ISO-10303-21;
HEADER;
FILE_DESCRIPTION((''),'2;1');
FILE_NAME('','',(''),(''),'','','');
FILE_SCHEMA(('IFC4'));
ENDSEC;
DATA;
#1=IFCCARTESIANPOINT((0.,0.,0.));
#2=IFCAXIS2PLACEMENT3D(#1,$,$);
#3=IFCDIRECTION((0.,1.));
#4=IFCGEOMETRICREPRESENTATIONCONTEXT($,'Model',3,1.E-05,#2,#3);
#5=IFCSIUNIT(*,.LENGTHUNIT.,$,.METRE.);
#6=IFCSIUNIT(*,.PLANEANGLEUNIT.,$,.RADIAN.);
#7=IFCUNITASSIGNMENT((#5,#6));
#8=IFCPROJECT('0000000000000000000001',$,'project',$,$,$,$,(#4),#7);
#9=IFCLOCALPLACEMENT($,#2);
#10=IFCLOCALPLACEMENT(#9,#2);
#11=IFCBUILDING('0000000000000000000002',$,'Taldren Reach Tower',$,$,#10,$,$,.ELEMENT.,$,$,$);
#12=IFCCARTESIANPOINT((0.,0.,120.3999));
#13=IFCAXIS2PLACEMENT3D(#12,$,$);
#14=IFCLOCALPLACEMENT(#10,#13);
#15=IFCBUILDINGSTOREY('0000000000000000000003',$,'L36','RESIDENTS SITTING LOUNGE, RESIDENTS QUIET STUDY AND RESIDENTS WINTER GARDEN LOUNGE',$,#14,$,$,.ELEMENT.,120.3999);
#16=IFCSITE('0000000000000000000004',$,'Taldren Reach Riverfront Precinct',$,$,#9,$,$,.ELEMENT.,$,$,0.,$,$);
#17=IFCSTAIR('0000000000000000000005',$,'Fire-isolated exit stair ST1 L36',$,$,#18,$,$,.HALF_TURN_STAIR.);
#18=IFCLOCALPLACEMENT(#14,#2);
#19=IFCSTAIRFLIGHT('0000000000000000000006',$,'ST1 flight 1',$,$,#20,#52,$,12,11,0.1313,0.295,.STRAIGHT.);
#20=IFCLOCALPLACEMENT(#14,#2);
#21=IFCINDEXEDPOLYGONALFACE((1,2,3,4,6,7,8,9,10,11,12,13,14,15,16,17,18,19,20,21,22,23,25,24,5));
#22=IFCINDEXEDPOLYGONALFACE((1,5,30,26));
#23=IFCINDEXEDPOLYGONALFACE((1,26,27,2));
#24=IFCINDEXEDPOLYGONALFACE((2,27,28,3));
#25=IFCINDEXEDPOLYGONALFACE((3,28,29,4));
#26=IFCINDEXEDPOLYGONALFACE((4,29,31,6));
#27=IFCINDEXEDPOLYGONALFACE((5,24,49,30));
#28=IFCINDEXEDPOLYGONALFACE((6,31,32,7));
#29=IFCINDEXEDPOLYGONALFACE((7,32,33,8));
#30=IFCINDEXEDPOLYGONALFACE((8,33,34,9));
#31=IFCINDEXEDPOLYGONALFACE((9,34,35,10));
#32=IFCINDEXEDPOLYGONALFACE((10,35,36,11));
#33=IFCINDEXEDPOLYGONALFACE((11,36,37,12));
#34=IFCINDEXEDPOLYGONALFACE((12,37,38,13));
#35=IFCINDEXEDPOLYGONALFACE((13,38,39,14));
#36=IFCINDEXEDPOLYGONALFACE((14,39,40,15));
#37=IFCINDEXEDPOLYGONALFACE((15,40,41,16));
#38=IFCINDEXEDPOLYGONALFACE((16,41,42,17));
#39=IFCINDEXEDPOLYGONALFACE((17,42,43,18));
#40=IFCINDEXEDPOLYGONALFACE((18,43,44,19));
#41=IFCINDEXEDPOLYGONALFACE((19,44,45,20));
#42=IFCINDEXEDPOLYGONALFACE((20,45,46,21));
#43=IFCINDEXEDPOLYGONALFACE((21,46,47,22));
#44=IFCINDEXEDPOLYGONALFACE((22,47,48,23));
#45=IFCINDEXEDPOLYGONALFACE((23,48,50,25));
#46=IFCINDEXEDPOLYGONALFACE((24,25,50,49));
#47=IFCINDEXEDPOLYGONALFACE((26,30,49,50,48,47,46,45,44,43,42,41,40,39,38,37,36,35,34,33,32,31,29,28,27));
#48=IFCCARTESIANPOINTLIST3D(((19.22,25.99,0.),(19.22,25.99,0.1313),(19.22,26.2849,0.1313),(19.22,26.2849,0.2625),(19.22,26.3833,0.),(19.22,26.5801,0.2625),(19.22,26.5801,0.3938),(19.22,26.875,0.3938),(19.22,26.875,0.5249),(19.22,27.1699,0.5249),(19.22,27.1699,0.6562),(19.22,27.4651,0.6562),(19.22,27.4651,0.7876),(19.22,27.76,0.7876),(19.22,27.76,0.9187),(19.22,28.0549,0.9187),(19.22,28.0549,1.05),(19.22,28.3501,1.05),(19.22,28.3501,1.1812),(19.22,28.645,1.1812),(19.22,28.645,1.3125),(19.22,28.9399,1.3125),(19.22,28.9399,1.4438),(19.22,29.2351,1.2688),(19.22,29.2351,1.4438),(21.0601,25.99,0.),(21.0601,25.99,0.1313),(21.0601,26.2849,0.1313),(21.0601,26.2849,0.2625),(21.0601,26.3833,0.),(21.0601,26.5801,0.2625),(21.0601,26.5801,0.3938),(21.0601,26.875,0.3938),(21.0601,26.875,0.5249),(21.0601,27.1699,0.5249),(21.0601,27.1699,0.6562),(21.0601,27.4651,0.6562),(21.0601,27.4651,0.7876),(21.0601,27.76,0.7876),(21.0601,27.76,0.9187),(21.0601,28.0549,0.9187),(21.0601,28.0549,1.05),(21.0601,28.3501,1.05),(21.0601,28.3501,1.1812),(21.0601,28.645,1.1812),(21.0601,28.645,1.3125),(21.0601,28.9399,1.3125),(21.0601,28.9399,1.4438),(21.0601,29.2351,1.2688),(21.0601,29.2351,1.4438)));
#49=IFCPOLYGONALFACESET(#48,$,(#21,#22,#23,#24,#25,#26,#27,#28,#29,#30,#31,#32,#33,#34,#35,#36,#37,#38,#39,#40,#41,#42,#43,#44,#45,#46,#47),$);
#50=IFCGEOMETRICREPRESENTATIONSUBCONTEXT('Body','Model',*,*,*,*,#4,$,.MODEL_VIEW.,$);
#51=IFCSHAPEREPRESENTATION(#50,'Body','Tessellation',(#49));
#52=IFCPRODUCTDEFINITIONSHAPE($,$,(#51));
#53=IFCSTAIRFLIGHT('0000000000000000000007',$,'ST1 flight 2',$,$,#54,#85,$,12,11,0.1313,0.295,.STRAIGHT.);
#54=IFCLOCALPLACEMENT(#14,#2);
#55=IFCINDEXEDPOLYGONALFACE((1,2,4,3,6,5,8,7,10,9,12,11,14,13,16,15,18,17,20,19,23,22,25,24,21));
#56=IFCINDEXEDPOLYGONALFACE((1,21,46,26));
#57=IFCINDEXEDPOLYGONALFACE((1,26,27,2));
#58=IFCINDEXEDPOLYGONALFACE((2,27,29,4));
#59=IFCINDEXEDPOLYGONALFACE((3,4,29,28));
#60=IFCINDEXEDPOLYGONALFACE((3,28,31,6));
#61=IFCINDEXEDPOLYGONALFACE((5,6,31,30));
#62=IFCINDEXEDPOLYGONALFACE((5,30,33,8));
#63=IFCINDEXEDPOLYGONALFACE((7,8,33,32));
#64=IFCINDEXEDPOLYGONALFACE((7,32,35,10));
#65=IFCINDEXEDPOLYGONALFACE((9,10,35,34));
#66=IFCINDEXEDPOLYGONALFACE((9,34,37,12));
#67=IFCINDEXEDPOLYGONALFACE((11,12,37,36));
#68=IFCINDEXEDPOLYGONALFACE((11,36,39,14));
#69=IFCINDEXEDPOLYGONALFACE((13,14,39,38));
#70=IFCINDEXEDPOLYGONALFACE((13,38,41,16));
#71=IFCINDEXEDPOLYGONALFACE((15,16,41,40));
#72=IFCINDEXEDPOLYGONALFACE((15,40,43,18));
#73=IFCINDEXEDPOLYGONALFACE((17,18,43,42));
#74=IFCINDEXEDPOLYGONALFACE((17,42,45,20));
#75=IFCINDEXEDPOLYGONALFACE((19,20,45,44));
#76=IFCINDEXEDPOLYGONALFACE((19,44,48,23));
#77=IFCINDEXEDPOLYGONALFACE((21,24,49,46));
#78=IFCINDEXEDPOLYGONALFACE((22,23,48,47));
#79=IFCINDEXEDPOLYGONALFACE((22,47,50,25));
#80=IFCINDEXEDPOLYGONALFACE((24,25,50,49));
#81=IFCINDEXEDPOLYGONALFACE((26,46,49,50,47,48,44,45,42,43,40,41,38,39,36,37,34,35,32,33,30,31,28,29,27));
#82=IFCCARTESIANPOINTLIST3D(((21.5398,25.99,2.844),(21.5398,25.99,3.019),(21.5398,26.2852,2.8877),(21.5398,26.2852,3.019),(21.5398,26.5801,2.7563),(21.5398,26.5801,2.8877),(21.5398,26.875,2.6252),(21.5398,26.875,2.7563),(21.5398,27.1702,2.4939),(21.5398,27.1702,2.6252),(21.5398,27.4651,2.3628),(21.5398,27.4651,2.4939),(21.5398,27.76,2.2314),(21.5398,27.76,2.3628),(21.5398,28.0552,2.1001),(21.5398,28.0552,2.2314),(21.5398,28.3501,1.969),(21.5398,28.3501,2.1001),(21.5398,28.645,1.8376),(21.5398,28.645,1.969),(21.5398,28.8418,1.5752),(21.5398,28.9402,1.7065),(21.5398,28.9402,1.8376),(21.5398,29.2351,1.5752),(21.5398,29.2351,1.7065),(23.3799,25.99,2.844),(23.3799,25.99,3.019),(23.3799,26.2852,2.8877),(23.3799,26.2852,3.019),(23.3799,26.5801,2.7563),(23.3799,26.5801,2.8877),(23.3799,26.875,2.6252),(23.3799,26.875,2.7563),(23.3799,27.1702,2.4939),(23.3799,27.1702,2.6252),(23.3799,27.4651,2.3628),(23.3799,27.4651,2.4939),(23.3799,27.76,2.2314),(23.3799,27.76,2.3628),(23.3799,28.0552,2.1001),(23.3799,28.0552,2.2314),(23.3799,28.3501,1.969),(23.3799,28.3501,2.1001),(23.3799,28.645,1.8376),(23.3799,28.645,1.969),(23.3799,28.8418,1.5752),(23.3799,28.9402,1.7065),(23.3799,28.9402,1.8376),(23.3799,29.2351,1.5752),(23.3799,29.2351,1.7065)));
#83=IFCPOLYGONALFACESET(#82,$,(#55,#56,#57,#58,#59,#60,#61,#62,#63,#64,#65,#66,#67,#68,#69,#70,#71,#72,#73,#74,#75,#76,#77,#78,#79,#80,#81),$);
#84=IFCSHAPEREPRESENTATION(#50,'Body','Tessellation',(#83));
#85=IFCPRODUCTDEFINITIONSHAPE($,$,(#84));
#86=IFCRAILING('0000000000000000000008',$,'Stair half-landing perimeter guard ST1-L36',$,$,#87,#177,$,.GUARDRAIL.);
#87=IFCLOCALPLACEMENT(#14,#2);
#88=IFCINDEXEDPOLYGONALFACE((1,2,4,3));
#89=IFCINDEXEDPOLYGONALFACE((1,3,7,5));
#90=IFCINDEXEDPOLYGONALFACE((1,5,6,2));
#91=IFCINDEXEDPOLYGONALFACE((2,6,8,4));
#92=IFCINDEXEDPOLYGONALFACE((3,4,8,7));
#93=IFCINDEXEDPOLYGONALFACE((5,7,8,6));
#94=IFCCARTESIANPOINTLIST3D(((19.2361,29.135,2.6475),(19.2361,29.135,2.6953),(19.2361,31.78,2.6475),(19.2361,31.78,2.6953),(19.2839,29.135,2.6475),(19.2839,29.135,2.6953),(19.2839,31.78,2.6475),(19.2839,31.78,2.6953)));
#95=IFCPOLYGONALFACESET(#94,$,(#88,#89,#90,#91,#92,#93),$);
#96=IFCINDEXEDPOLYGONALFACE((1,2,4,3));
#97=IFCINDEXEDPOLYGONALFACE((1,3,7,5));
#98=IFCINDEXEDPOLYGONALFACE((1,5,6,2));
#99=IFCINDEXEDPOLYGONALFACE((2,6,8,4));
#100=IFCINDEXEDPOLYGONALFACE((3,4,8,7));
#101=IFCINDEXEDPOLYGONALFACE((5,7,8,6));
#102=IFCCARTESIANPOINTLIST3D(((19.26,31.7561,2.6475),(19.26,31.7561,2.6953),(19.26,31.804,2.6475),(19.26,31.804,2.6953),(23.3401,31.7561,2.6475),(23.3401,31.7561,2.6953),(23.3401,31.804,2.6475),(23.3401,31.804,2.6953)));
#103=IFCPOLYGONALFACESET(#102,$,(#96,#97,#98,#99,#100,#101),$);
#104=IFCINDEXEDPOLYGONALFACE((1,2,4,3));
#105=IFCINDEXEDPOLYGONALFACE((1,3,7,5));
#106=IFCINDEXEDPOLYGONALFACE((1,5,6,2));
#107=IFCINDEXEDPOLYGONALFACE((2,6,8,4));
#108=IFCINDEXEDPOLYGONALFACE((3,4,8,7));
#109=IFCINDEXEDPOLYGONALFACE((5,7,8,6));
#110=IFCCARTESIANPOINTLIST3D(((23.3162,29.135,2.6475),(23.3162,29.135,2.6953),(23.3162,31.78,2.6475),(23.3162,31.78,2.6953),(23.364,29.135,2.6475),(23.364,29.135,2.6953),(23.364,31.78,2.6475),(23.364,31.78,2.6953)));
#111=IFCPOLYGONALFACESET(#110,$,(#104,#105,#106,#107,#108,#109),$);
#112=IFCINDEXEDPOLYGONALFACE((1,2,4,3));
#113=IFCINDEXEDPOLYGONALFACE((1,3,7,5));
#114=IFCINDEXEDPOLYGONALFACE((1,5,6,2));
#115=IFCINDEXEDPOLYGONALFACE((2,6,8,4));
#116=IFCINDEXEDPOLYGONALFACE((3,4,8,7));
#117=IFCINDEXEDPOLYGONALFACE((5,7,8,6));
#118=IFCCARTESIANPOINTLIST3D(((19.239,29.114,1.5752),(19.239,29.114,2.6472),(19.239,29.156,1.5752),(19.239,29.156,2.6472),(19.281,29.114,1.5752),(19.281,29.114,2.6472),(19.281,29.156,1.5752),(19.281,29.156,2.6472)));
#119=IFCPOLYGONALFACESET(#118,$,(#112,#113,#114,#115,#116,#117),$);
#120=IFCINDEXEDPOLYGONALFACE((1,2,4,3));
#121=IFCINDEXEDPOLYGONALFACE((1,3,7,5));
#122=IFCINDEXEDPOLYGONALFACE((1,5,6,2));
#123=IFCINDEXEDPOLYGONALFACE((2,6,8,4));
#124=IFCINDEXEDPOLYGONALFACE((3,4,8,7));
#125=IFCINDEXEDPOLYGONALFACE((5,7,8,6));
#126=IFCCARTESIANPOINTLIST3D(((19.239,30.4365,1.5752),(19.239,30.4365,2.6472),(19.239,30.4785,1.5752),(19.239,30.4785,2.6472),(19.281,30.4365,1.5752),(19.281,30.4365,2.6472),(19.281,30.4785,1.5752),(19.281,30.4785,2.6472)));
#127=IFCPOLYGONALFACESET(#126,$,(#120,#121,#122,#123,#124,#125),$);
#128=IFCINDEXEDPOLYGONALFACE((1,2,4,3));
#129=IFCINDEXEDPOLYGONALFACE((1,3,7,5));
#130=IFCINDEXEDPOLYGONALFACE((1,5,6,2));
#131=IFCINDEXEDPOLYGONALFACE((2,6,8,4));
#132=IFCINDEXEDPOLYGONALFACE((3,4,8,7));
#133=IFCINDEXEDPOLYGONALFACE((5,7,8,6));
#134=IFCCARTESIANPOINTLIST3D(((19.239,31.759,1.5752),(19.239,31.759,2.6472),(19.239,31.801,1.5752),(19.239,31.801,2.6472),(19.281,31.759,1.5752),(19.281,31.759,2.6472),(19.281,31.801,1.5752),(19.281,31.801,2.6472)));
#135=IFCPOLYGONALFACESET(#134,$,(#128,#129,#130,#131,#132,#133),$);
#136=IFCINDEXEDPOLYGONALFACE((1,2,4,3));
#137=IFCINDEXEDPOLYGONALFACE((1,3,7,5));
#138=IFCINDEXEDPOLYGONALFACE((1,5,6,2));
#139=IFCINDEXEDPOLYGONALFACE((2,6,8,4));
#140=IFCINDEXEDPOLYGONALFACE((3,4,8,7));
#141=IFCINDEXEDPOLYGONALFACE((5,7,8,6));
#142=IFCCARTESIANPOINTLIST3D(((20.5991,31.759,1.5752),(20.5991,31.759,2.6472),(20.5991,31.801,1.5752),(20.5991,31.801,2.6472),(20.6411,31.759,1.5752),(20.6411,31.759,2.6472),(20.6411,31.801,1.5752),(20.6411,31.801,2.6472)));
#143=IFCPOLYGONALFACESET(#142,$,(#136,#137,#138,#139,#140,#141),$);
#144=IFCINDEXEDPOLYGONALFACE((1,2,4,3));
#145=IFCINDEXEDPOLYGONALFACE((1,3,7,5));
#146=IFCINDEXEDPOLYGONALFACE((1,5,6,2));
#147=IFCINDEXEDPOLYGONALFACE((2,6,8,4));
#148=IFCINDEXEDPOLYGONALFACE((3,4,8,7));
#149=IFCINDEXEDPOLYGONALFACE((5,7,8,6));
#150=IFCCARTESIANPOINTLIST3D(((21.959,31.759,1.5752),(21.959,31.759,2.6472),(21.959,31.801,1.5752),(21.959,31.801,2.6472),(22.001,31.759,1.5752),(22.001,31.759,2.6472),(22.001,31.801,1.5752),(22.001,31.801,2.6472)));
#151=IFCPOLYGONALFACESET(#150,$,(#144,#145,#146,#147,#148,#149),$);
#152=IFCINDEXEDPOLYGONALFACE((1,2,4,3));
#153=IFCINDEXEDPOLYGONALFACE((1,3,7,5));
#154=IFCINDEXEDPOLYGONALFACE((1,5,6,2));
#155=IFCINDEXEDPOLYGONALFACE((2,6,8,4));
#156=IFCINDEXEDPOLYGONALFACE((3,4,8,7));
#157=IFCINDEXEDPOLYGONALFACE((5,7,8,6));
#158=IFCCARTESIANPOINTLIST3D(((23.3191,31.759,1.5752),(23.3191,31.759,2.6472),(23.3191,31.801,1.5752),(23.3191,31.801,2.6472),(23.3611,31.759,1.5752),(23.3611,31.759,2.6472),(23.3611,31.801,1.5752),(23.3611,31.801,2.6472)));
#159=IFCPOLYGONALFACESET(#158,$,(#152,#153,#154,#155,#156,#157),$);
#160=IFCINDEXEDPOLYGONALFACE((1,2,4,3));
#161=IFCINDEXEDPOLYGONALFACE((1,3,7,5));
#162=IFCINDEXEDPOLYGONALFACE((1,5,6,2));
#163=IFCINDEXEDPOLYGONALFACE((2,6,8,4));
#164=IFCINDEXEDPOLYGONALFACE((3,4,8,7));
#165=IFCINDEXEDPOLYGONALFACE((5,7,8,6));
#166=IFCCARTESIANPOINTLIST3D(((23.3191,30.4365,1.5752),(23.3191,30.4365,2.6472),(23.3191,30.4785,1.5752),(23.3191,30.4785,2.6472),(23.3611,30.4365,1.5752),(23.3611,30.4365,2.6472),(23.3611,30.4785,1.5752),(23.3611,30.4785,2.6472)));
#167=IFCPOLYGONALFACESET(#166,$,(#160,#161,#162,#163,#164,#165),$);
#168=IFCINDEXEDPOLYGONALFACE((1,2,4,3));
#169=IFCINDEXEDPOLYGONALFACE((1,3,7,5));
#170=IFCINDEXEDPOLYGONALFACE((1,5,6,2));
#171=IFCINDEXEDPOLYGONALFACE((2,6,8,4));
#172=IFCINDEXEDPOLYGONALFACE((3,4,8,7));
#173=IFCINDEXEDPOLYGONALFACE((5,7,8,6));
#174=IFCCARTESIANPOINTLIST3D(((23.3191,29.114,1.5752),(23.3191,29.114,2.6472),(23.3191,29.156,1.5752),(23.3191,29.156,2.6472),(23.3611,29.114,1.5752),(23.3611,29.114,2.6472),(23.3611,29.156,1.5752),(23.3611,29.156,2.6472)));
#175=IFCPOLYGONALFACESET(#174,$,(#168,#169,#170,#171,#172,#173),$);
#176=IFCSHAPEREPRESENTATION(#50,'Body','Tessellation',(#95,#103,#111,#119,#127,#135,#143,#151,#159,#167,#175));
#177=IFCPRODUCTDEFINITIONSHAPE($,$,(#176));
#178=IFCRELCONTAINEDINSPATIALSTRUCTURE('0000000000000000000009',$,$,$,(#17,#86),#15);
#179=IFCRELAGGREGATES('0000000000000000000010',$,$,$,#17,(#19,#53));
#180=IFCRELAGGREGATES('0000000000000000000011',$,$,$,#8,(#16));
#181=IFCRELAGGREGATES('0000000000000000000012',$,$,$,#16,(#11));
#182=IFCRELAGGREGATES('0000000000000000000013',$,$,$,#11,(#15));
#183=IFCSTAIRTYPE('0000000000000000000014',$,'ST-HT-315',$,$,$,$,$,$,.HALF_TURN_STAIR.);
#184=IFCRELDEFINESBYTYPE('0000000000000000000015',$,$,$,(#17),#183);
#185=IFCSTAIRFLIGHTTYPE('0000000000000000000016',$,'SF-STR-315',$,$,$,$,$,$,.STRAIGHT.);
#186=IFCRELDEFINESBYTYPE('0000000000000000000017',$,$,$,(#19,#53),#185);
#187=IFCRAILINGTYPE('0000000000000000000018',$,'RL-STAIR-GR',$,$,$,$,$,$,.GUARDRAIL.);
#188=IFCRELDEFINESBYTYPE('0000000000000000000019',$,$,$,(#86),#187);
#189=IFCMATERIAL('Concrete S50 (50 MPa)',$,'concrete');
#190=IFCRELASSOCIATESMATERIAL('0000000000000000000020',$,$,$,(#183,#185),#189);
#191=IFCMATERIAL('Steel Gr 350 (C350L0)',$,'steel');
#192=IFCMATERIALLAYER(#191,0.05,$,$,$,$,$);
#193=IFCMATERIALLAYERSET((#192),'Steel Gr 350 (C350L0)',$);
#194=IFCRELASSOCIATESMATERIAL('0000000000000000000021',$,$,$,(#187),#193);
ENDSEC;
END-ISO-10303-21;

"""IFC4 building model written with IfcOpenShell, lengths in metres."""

from ifc_helpers import new_model, si_unit, direction, frame, origin, origin_2d, place, context, subcontext, project, spatial, polyline, rectangle, outline, extrude, material, layer, layer_set, type_object, element, aggregate, save


model = new_model("IFC4")

# Units and contexts
model_context = context("Model", 3, precision=1e-05, world=origin(), true_north=direction((0.0, 1.0)))
body_context = subcontext(model_context, "Body", "Model", "MODEL_VIEW")
ifc_project = project(units=[si_unit("LENGTHUNIT", "METRE"), si_unit("PLANEANGLEUNIT", "RADIAN")], contexts=[model_context])

# Site, building, storey
site_placement = place(None, origin())
site = spatial("IfcSite", under=ifc_project, at=site_placement, Name="Taldren Reach Riverfront Precinct", CompositionType="ELEMENT", RefElevation=0.0)
building_placement = place(site_placement, origin())
building = spatial("IfcBuilding", under=site, at=building_placement, Name="Taldren Reach Tower", CompositionType="ELEMENT")
storey_placement = place(building_placement, frame((0.0, 0.0, 120.3999)))
storey = spatial("IfcBuildingStorey", under=building, at=storey_placement, Name="L36", Description="RESIDENTS SITTING LOUNGE, RESIDENTS QUIET STUDY AND RESIDENTS WINTER GARDEN LOUNGE", CompositionType="ELEMENT", Elevation=120.3999)

# Shared definitions
ifc_material_1 = material(Name="Steel Gr 350 (C350L0)", Category="steel")

# Stair, stair flights
ifc_material_2 = material(Name="Concrete S50 (50 MPa)", Category="concrete")
stair_type = type_object("IfcStairType", Name="ST-HT-315", PredefinedType="HALF_TURN_STAIR", material=ifc_material_2)
stair_placement = place(storey_placement, origin())
stair = element("IfcStair", 1, at=stair_placement, inside=storey, type_object=stair_type, Name="Fire-isolated exit stair ST1 L36", PredefinedType="HALF_TURN_STAIR")
stair_flight_type = type_object("IfcStairFlightType", Name="SF-STR-315", PredefinedType="STRAIGHT", material=ifc_material_2)
stair_flight_1_placement = place(storey_placement, frame((20.1399, 25.99, 0.0), z_axis=(0.0, 0.0, 1.0), x_axis=(0.0, 1.0, 0.0)))
stair_flight_1 = element("IfcStairFlight", 2, at=stair_flight_1_placement, type_object=stair_flight_type, Name="ST1 flight 1", NumberOfRisers=12, NumberOfTreads=11, PredefinedType="STRAIGHT", RiserHeight=0.1313, TreadLength=0.295, context=body_context, shape_type="SweptSolid", body=[
    extrude(outline(polyline([(0.0, 0.0), (0.0, 0.1313), (0.2949, 0.1313), (0.2949, 0.2625), (0.5901, 0.2625), (0.5901, 0.3938), (0.885, 0.3938), (0.885, 0.5249), (1.1799, 0.5249), (1.1799, 0.6562), (1.4751, 0.6562), (1.4751, 0.7876), (1.77, 0.7876), (1.77, 0.9187), (2.0649, 0.9187), (2.0649, 1.05), (2.3601, 1.05), (2.3601, 1.1812), (2.655, 1.1812), (2.655, 1.3125), (2.95, 1.3125), (2.95, 1.4438), (3.2451, 1.4438), (3.2451, 1.575), (3.2451, 1.2688), (0.3933, 0.0), (0.0, 0.0)])), frame((0.0, 0.9199, 0.0), z_axis=(0.0, -1.0, 0.0), x_axis=(1.0, 0.0, 0.0)), (0.0, 0.0, 1.0), 1.8401),
])
stair_flight_2_placement = place(storey_placement, frame((22.46, 29.2351, 1.5752), z_axis=(0.0, 0.0, 1.0), x_axis=(0.0, -1.0, 0.0)))
stair_flight_2 = element("IfcStairFlight", 3, at=stair_flight_2_placement, type_object=stair_flight_type, Name="ST1 flight 2", NumberOfRisers=12, NumberOfTreads=11, PredefinedType="STRAIGHT", RiserHeight=0.1313, TreadLength=0.295, context=body_context, shape_type="SweptSolid", body=[
    extrude(outline(polyline([(0.0, 0.0), (0.0, 0.1313), (0.2949, 0.1313), (0.2949, 0.2625), (0.5901, 0.2625), (0.5901, 0.3938), (0.885, 0.3938), (0.885, 0.5249), (1.1799, 0.5249), (1.1799, 0.6562), (1.4751, 0.6562), (1.4751, 0.7876), (1.77, 0.7876), (1.77, 0.9187), (2.0649, 0.9187), (2.0649, 1.05), (2.3601, 1.05), (2.3601, 1.1812), (2.655, 1.1812), (2.655, 1.3125), (2.95, 1.3125), (2.95, 1.4438), (3.2451, 1.4438), (3.2451, 1.575), (3.2451, 1.2688), (0.3933, 0.0), (0.0, 0.0)])), frame((0.0, 0.9199, 0.0), z_axis=(0.0, -1.0, 0.0), x_axis=(1.0, 0.0, 0.0)), (0.0, 0.0, 1.0), 1.8401),
])
aggregate(stair, [stair_flight_1, stair_flight_2])

# Railing
ifc_layer_1 = layer(ifc_material_1, 0.05)
ifc_layer_set_1 = layer_set([ifc_layer_1], Name="Steel Gr 350 (C350L0)")
railing_type_1 = type_object("IfcRailingType", Name="RL-STAIR-GR", PredefinedType="GUARDRAIL", material=ifc_layer_set_1)
railing_1_placement = place(storey_placement, frame((19.26, 29.135, 1.5752)))
element("IfcRailing", 4, at=railing_1_placement, inside=storey, type_object=railing_type_1, Name="Stair half-landing perimeter guard ST1-L36", PredefinedType="GUARDRAIL", context=body_context, shape_type="SweptSolid", body=[
    extrude(rectangle(XDim=0.0479, YDim=0.0479, at=origin_2d()), frame((0.0, 0.0, 1.0962), z_axis=(0.0, 1.0, 0.0), x_axis=(-1.0, 0.0, 0.0)), (0.0, 0.0, 1.0), 2.645),
    extrude(rectangle(XDim=0.0479, YDim=0.0479, at=origin_2d()), frame((0.0, 2.645, 1.0962), z_axis=(1.0, 0.0, 0.0), x_axis=(0.0, 1.0, 0.0)), (0.0, 0.0, 1.0), 4.0801),
    extrude(rectangle(XDim=0.0479, YDim=0.0479, at=origin_2d()), frame((4.0801, 2.645, 1.0962), z_axis=(0.0, -1.0, 0.0), x_axis=(1.0, 0.0, 0.0)), (0.0, 0.0, 1.0), 2.645),
    extrude(rectangle(XDim=0.042, YDim=0.042, at=origin_2d()), origin(), (0.0, 0.0, 1.0), 1.072),
    extrude(rectangle(XDim=0.042, YDim=0.042, at=origin_2d()), frame((0.0, 1.3225, 0.0)), (0.0, 0.0, 1.0), 1.072),
    extrude(rectangle(XDim=0.042, YDim=0.042, at=origin_2d()), frame((0.0, 2.645, 0.0)), (0.0, 0.0, 1.0), 1.072),
    extrude(rectangle(XDim=0.042, YDim=0.042, at=origin_2d()), frame((1.3601, 2.645, 0.0)), (0.0, 0.0, 1.0), 1.072),
    extrude(rectangle(XDim=0.042, YDim=0.042, at=origin_2d()), frame((2.72, 2.645, 0.0)), (0.0, 0.0, 1.0), 1.072),
    extrude(rectangle(XDim=0.042, YDim=0.042, at=origin_2d()), frame((4.0801, 2.645, 0.0)), (0.0, 0.0, 1.0), 1.072),
    extrude(rectangle(XDim=0.042, YDim=0.042, at=origin_2d()), frame((4.0801, 1.3225, 0.0)), (0.0, 0.0, 1.0), 1.072),
    extrude(rectangle(XDim=0.042, YDim=0.042, at=origin_2d()), frame((4.0801, 0.0, 0.0)), (0.0, 0.0, 1.0), 1.072),
])

save(model, "model.ifc")
